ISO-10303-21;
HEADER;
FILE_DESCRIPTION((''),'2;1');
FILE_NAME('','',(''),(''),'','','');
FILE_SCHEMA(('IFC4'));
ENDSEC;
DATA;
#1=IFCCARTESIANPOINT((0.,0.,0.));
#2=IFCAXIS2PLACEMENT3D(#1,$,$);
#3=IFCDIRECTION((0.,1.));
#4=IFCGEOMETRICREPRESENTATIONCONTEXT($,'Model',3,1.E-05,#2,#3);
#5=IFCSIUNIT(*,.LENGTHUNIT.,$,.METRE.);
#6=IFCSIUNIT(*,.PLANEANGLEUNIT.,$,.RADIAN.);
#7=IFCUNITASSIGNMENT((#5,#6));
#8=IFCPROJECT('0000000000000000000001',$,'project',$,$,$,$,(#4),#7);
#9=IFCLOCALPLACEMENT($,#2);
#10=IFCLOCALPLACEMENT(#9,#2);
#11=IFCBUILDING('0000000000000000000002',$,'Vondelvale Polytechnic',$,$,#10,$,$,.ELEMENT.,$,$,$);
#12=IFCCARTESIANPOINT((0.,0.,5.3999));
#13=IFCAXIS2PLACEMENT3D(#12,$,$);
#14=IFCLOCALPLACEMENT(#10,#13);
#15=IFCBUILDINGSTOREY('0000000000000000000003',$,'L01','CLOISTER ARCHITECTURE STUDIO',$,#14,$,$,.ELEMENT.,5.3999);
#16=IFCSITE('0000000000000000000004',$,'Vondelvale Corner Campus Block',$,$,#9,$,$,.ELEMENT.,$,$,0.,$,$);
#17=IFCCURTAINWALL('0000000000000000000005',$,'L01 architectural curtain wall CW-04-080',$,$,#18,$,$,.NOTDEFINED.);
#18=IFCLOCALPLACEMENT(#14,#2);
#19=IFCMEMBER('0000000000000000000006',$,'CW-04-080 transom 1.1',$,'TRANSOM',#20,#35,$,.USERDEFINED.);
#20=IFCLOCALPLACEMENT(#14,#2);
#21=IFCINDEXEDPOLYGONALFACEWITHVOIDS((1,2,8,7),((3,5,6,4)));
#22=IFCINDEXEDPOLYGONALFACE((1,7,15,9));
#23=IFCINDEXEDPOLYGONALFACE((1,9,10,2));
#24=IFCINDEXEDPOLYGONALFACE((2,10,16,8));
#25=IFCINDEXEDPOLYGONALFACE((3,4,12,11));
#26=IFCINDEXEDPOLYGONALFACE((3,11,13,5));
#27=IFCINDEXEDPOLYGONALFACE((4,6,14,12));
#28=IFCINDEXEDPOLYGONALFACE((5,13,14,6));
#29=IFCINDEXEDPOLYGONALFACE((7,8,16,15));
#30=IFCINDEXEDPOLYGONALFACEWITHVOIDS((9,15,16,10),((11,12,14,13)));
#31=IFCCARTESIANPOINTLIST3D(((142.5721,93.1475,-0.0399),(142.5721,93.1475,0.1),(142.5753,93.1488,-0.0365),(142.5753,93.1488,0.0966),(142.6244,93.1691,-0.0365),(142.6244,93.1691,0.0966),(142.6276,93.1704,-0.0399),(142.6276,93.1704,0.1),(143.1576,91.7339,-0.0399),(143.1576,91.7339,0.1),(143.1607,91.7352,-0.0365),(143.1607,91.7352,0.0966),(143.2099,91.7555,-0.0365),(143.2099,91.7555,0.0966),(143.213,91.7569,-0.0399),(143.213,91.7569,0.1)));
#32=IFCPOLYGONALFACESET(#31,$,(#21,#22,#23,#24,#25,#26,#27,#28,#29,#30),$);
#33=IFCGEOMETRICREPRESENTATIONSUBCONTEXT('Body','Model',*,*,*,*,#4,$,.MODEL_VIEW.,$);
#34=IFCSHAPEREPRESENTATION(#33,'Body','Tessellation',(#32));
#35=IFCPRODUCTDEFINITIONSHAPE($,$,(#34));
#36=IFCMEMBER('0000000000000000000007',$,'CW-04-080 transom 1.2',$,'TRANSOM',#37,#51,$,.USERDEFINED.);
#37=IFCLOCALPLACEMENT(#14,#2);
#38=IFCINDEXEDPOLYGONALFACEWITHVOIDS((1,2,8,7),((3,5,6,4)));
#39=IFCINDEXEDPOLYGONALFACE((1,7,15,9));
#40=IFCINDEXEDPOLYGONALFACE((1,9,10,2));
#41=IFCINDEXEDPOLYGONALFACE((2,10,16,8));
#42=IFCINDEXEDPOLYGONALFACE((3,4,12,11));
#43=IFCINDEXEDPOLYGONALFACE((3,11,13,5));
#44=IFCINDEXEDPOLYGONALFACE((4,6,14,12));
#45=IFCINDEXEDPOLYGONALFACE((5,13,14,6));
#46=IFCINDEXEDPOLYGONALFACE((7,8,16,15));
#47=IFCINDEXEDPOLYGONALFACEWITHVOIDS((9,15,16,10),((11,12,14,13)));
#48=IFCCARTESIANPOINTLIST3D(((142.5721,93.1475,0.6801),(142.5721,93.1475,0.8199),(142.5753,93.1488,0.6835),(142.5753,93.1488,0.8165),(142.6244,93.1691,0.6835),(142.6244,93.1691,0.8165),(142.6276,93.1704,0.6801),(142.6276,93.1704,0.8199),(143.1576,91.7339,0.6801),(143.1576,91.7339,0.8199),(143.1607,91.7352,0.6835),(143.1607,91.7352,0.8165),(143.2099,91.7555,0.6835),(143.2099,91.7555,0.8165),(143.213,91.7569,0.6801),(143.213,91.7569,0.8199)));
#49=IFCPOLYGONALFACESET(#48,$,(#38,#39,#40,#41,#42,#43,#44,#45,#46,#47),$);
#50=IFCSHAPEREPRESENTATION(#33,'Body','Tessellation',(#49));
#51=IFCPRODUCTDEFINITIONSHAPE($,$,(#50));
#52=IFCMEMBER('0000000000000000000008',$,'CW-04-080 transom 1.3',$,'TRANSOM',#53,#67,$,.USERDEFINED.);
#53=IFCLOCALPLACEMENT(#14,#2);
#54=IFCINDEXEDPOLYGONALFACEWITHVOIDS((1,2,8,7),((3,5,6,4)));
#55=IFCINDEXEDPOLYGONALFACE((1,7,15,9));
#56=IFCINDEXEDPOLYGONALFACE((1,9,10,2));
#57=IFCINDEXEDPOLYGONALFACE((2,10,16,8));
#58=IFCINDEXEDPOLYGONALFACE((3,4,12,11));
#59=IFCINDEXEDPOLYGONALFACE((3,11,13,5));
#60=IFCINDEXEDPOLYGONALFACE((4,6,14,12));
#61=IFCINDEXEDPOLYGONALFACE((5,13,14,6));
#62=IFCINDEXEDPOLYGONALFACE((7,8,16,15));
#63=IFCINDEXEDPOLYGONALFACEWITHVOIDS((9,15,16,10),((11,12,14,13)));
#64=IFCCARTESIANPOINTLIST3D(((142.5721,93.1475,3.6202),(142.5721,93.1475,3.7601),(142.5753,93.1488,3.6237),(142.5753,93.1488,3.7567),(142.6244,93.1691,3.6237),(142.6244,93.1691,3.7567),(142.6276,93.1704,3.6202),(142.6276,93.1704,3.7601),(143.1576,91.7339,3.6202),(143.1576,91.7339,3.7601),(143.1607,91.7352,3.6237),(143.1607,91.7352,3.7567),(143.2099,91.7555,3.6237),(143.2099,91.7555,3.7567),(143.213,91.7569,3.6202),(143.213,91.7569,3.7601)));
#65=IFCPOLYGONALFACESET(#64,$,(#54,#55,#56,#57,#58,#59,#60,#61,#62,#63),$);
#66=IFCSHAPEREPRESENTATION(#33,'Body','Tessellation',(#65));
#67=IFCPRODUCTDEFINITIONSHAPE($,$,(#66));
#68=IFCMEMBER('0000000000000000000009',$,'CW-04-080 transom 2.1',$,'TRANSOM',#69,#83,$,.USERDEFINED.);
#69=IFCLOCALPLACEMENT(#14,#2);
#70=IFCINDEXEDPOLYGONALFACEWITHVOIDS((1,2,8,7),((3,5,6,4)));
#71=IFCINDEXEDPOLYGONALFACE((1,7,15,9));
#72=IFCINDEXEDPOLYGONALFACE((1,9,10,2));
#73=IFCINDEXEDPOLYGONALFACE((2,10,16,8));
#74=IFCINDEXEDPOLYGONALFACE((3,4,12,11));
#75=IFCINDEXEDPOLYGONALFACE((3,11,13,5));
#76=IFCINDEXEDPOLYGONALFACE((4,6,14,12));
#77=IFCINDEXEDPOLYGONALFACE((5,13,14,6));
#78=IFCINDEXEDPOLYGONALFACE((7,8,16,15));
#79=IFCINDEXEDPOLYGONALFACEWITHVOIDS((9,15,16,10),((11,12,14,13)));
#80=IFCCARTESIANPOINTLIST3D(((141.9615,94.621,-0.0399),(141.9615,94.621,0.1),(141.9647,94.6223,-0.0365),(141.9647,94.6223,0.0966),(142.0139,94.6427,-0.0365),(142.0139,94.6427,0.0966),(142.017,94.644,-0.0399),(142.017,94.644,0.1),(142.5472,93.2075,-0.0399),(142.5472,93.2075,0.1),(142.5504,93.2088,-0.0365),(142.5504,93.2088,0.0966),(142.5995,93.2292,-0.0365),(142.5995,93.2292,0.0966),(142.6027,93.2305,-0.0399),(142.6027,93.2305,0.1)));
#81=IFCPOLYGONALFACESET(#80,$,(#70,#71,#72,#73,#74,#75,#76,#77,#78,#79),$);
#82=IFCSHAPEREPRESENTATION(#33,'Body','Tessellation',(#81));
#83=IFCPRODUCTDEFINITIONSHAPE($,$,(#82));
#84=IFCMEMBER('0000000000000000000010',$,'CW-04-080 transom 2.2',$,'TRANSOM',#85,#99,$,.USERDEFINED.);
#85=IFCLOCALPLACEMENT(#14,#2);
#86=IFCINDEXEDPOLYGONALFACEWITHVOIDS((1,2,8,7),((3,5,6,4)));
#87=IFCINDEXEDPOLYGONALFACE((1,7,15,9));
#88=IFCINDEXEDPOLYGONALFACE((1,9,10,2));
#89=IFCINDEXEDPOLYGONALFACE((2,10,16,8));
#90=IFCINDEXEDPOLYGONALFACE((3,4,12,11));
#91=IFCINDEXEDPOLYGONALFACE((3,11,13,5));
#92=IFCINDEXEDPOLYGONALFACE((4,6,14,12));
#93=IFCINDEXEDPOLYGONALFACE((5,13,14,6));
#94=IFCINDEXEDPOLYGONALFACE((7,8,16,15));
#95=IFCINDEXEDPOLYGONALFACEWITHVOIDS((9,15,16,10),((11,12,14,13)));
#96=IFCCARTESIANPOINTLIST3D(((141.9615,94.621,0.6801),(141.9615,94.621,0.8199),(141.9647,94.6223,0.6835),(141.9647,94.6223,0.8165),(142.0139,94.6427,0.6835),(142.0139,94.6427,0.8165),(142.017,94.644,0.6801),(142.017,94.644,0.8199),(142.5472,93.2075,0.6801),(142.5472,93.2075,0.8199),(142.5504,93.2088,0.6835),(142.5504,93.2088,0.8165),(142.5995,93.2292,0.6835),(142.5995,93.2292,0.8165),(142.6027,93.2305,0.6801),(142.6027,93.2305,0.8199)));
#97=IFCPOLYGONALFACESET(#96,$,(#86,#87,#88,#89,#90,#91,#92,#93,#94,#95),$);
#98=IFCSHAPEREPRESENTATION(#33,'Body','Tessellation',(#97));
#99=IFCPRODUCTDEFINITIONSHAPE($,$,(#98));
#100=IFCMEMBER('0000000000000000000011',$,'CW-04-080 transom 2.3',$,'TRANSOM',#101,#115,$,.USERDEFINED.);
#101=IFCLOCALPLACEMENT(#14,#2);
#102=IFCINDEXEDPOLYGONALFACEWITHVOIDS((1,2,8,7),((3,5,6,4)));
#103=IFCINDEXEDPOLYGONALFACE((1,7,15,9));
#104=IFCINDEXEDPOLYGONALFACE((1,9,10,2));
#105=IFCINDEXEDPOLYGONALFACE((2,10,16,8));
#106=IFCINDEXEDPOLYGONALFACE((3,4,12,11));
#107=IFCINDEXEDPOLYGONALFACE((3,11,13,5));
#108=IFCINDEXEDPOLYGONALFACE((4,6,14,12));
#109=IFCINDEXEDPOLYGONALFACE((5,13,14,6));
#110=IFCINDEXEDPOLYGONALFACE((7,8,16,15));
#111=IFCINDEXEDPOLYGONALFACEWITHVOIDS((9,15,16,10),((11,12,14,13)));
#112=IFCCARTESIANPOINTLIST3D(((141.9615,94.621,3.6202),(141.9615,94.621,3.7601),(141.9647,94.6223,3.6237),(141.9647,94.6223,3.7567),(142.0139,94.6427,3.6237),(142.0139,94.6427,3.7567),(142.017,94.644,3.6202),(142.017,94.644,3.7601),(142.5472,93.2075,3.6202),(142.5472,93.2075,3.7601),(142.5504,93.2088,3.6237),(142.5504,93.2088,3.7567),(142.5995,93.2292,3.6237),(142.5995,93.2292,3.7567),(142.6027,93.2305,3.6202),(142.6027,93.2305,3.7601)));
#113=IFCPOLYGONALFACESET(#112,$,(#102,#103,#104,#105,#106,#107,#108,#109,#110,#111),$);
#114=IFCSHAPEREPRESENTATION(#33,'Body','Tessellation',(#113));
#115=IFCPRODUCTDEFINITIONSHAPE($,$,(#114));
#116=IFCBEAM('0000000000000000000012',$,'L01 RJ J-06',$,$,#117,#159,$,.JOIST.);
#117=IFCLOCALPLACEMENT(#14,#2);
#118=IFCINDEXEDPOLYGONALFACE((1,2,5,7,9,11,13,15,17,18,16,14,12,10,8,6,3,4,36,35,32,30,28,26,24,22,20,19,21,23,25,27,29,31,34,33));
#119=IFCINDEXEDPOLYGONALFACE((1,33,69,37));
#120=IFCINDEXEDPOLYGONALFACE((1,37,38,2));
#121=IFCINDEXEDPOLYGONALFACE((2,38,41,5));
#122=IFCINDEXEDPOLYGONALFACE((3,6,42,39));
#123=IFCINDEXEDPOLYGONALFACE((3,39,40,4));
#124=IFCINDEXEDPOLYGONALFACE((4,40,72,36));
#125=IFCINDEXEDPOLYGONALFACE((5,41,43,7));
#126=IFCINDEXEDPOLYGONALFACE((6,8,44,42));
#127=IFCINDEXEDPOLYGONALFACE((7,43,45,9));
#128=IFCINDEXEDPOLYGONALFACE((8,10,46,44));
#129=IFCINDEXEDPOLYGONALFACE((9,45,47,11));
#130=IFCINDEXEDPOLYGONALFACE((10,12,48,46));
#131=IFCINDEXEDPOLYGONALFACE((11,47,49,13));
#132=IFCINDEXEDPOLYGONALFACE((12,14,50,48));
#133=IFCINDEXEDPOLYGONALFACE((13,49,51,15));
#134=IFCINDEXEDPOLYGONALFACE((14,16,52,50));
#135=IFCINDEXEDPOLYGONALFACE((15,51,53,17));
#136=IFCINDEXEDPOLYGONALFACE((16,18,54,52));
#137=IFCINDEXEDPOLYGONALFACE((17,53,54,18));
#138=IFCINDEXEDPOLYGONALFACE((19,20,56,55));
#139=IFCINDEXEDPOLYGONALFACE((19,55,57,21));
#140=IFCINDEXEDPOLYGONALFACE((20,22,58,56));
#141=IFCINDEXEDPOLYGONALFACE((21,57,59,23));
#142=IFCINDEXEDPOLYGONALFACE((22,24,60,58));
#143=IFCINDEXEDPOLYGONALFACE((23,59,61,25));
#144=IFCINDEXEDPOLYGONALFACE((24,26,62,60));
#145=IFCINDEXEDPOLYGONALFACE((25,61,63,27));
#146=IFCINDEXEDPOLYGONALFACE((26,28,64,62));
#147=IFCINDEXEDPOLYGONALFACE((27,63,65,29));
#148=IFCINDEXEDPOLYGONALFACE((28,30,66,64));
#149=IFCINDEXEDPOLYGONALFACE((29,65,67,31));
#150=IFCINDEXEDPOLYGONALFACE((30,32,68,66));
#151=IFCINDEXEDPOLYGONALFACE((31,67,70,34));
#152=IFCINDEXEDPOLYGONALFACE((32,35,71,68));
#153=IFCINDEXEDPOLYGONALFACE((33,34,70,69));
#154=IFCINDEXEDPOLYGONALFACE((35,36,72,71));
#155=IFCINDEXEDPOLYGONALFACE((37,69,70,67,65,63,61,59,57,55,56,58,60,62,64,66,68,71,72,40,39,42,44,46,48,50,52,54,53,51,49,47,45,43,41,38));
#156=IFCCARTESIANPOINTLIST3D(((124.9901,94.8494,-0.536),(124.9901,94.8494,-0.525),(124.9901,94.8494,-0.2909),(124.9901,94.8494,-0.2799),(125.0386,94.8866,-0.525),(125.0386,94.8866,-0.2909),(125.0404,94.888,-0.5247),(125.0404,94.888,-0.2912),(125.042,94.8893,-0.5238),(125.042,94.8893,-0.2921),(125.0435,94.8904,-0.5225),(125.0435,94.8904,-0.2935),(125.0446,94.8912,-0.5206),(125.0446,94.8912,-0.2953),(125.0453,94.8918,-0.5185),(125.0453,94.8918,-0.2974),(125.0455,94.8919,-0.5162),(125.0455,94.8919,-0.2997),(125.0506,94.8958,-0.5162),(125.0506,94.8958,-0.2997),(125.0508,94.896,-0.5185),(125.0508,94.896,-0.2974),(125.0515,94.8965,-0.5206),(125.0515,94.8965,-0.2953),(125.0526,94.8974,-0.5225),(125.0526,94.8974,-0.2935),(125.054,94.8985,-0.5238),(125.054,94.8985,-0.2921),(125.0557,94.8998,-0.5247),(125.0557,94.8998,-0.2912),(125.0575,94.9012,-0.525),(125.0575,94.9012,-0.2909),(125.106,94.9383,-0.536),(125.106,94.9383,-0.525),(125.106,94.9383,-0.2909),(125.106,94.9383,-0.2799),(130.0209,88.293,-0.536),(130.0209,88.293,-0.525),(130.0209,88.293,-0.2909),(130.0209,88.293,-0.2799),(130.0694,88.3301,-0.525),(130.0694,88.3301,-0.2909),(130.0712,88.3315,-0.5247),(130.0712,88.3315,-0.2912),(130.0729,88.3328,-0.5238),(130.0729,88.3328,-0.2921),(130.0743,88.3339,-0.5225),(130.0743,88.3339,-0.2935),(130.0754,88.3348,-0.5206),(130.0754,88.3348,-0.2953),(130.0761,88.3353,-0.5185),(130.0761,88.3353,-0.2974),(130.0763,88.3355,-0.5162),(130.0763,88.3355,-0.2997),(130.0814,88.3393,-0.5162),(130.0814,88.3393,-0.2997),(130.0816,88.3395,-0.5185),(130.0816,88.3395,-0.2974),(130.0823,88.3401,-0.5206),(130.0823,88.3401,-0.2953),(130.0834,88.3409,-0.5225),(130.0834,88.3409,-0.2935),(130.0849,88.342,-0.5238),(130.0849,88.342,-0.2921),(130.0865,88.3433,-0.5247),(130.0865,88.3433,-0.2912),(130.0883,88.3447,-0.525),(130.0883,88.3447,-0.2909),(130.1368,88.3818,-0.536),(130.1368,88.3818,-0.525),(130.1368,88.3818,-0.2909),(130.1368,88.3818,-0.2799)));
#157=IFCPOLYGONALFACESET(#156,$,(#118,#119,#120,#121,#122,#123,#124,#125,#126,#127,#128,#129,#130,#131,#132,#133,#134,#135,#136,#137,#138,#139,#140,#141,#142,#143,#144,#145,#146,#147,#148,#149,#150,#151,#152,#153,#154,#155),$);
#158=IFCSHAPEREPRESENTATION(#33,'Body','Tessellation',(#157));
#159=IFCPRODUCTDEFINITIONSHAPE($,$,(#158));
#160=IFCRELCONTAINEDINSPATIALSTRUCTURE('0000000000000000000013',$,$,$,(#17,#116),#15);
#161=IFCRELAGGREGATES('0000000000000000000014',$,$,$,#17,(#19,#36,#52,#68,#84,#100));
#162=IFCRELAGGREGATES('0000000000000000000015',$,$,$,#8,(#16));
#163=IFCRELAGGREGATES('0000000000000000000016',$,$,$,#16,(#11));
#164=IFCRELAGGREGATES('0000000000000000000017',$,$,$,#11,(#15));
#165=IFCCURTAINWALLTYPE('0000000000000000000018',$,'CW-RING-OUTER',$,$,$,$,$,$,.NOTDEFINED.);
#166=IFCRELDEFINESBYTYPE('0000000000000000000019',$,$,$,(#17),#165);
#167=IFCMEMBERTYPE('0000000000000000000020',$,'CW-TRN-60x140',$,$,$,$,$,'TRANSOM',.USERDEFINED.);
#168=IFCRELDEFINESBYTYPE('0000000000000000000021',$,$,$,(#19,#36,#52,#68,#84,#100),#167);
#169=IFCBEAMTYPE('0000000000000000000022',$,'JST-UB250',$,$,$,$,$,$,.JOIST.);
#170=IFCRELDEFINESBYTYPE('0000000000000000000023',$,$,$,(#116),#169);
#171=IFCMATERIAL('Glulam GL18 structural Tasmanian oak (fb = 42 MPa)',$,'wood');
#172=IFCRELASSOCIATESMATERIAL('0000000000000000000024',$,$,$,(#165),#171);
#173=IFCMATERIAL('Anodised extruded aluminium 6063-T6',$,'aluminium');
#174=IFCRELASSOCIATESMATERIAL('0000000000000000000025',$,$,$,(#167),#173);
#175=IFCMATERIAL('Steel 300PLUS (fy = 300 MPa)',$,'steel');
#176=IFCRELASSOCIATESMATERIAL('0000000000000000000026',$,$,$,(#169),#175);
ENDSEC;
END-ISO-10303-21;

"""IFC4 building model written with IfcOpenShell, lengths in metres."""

from ifc_helpers import new_model, si_unit, direction, frame, origin, origin_2d, place, context, subcontext, project, spatial, hollow_rectangle, i_section, extrude, material, material_profile, profile_set, type_object, element, aggregate, save


model = new_model("IFC4")

# Units and contexts
model_context = context("Model", 3, precision=1e-05, world=origin(), true_north=direction((0.0, 1.0)))
body_context = subcontext(model_context, "Body", "Model", "MODEL_VIEW")
ifc_project = project(units=[si_unit("LENGTHUNIT", "METRE"), si_unit("PLANEANGLEUNIT", "RADIAN")], contexts=[model_context])

# Site, building, storey
site_placement = place(None, origin())
site = spatial("IfcSite", under=ifc_project, at=site_placement, Name="Vondelvale Corner Campus Block", CompositionType="ELEMENT", RefElevation=0.0)
building_placement = place(site_placement, origin())
building = spatial("IfcBuilding", under=site, at=building_placement, Name="Vondelvale Polytechnic", CompositionType="ELEMENT")
storey_placement = place(building_placement, frame((0.0, 0.0, 5.3999)))
storey = spatial("IfcBuildingStorey", under=building, at=storey_placement, Name="L01", Description="CLOISTER ARCHITECTURE STUDIO", CompositionType="ELEMENT", Elevation=5.3999)

# Shared definitions
ifc_material_1 = material(Name="Glulam GL18 structural Tasmanian oak (fb = 42 MPa)", Category="wood")
ifc_material_2 = material(Name="Steel 300PLUS (fy = 300 MPa)", Category="steel")

# Shared definitions
curtain_wall_type = type_object("IfcCurtainWallType", Name="CW-RING-OUTER", PredefinedType="NOTDEFINED", material=ifc_material_1)
ifc_material_3 = material(Name="Anodised extruded aluminium 6063-T6", Category="aluminium")

# Curtain wall, members
curtain_wall_1_placement = place(storey_placement, origin())
curtain_wall_1 = element("IfcCurtainWall", 1, at=curtain_wall_1_placement, inside=storey, type_object=curtain_wall_type, Name="L01 architectural curtain wall CW-04-080", PredefinedType="NOTDEFINED")
ifc_material_profile_1 = material_profile(ifc_material_3, hollow_rectangle(XDim=0.0601, YDim=0.1399, WallThickness=0.0034, at=origin_2d()), Name="CW-TRN-140x60")
ifc_profile_set_1 = profile_set([ifc_material_profile_1], Name="Anodised extruded aluminium 6063-T6")
member_type_1 = type_object("IfcMemberType", Name="CW-TRN-60x140", ElementType="TRANSOM", PredefinedType="USERDEFINED", material=ifc_profile_set_1)
member_1_placement = place(storey_placement, frame((143.1853, 91.7454, 0.03), z_axis=(-0.382643, 0.923896, 0.0), x_axis=(-0.923896, -0.382643, 0.0)))
member_1 = element("IfcMember", 2, at=member_1_placement, type_object=member_type_1, Name="CW-04-080 transom 1.1", ObjectType="TRANSOM", PredefinedType="USERDEFINED", context=body_context, shape_type="SweptSolid", body=[
    extrude(hollow_rectangle(XDim=0.0601, YDim=0.1399, WallThickness=0.0034, at=origin_2d()), origin(), (0.0, 0.0, 1.0), 1.53),
])
member_2_placement = place(storey_placement, frame((143.1853, 91.7454, 0.75), z_axis=(-0.382643, 0.923896, 0.0), x_axis=(-0.923896, -0.382643, 0.0)))
member_2 = element("IfcMember", 3, at=member_2_placement, type_object=member_type_1, Name="CW-04-080 transom 1.2", ObjectType="TRANSOM", PredefinedType="USERDEFINED", context=body_context, shape_type="SweptSolid", body=[
    extrude(hollow_rectangle(XDim=0.0601, YDim=0.1399, WallThickness=0.0034, at=origin_2d()), origin(), (0.0, 0.0, 1.0), 1.53),
])
member_3_placement = place(storey_placement, frame((143.1853, 91.7454, 3.6902), z_axis=(-0.382643, 0.923896, 0.0), x_axis=(-0.923896, -0.382643, 0.0)))
member_3 = element("IfcMember", 4, at=member_3_placement, type_object=member_type_1, Name="CW-04-080 transom 1.3", ObjectType="TRANSOM", PredefinedType="USERDEFINED", context=body_context, shape_type="SweptSolid", body=[
    extrude(hollow_rectangle(XDim=0.0601, YDim=0.1399, WallThickness=0.0034, at=origin_2d()), origin(), (0.0, 0.0, 1.0), 1.53),
])
member_4_placement = place(storey_placement, frame((142.575, 93.219, 0.03), z_axis=(-0.382779, 0.92384, 0.0), x_axis=(-0.92384, -0.382779, 0.0)))
member_4 = element("IfcMember", 5, at=member_4_placement, type_object=member_type_1, Name="CW-04-080 transom 2.1", ObjectType="TRANSOM", PredefinedType="USERDEFINED", context=body_context, shape_type="SweptSolid", body=[
    extrude(hollow_rectangle(XDim=0.0601, YDim=0.1399, WallThickness=0.0034, at=origin_2d()), origin(), (0.0, 0.0, 1.0), 1.53),
])
member_5_placement = place(storey_placement, frame((142.575, 93.219, 0.75), z_axis=(-0.382779, 0.92384, 0.0), x_axis=(-0.92384, -0.382779, 0.0)))
member_5 = element("IfcMember", 6, at=member_5_placement, type_object=member_type_1, Name="CW-04-080 transom 2.2", ObjectType="TRANSOM", PredefinedType="USERDEFINED", context=body_context, shape_type="SweptSolid", body=[
    extrude(hollow_rectangle(XDim=0.0601, YDim=0.1399, WallThickness=0.0034, at=origin_2d()), origin(), (0.0, 0.0, 1.0), 1.53),
])
member_6_placement = place(storey_placement, frame((142.575, 93.219, 3.6902), z_axis=(-0.382779, 0.92384, 0.0), x_axis=(-0.92384, -0.382779, 0.0)))
member_6 = element("IfcMember", 7, at=member_6_placement, type_object=member_type_1, Name="CW-04-080 transom 2.3", ObjectType="TRANSOM", PredefinedType="USERDEFINED", context=body_context, shape_type="SweptSolid", body=[
    extrude(hollow_rectangle(XDim=0.0601, YDim=0.1399, WallThickness=0.0034, at=origin_2d()), origin(), (0.0, 0.0, 1.0), 1.53),
])

# Beam
ifc_material_profile_2 = material_profile(ifc_material_2, i_section(OverallWidth=0.146, OverallDepth=0.2561, WebThickness=0.0063, FlangeThickness=0.011, FilletRadius=0.0088, at=origin_2d()), Name="250UB37.3")
ifc_profile_set_2 = profile_set([ifc_material_profile_2], Name="Steel 300PLUS (fy = 300 MPa)")
beam_type_1 = type_object("IfcBeamType", Name="JST-UB250", PredefinedType="JOIST", material=ifc_profile_set_2)
beam_1_placement = place(storey_placement, frame((130.0789, 88.3374, -0.408), z_axis=(-0.608751, 0.793361, 0.0), x_axis=(-0.793361, -0.608751, 0.0)))
element("IfcBeam", 8, at=beam_1_placement, inside=storey, type_object=beam_type_1, Name="L01 RJ J-06", PredefinedType="JOIST", context=body_context, shape_type="SweptSolid", body=[
    extrude(i_section(OverallWidth=0.146, OverallDepth=0.2561, WebThickness=0.0063, FlangeThickness=0.011, FilletRadius=0.0088, at=origin_2d()), origin(), (0.0, 0.0, 1.0), 8.2642),
])

aggregate(curtain_wall_1, [member_1, member_2, member_3, member_4, member_5, member_6])

save(model, "model.ifc")
